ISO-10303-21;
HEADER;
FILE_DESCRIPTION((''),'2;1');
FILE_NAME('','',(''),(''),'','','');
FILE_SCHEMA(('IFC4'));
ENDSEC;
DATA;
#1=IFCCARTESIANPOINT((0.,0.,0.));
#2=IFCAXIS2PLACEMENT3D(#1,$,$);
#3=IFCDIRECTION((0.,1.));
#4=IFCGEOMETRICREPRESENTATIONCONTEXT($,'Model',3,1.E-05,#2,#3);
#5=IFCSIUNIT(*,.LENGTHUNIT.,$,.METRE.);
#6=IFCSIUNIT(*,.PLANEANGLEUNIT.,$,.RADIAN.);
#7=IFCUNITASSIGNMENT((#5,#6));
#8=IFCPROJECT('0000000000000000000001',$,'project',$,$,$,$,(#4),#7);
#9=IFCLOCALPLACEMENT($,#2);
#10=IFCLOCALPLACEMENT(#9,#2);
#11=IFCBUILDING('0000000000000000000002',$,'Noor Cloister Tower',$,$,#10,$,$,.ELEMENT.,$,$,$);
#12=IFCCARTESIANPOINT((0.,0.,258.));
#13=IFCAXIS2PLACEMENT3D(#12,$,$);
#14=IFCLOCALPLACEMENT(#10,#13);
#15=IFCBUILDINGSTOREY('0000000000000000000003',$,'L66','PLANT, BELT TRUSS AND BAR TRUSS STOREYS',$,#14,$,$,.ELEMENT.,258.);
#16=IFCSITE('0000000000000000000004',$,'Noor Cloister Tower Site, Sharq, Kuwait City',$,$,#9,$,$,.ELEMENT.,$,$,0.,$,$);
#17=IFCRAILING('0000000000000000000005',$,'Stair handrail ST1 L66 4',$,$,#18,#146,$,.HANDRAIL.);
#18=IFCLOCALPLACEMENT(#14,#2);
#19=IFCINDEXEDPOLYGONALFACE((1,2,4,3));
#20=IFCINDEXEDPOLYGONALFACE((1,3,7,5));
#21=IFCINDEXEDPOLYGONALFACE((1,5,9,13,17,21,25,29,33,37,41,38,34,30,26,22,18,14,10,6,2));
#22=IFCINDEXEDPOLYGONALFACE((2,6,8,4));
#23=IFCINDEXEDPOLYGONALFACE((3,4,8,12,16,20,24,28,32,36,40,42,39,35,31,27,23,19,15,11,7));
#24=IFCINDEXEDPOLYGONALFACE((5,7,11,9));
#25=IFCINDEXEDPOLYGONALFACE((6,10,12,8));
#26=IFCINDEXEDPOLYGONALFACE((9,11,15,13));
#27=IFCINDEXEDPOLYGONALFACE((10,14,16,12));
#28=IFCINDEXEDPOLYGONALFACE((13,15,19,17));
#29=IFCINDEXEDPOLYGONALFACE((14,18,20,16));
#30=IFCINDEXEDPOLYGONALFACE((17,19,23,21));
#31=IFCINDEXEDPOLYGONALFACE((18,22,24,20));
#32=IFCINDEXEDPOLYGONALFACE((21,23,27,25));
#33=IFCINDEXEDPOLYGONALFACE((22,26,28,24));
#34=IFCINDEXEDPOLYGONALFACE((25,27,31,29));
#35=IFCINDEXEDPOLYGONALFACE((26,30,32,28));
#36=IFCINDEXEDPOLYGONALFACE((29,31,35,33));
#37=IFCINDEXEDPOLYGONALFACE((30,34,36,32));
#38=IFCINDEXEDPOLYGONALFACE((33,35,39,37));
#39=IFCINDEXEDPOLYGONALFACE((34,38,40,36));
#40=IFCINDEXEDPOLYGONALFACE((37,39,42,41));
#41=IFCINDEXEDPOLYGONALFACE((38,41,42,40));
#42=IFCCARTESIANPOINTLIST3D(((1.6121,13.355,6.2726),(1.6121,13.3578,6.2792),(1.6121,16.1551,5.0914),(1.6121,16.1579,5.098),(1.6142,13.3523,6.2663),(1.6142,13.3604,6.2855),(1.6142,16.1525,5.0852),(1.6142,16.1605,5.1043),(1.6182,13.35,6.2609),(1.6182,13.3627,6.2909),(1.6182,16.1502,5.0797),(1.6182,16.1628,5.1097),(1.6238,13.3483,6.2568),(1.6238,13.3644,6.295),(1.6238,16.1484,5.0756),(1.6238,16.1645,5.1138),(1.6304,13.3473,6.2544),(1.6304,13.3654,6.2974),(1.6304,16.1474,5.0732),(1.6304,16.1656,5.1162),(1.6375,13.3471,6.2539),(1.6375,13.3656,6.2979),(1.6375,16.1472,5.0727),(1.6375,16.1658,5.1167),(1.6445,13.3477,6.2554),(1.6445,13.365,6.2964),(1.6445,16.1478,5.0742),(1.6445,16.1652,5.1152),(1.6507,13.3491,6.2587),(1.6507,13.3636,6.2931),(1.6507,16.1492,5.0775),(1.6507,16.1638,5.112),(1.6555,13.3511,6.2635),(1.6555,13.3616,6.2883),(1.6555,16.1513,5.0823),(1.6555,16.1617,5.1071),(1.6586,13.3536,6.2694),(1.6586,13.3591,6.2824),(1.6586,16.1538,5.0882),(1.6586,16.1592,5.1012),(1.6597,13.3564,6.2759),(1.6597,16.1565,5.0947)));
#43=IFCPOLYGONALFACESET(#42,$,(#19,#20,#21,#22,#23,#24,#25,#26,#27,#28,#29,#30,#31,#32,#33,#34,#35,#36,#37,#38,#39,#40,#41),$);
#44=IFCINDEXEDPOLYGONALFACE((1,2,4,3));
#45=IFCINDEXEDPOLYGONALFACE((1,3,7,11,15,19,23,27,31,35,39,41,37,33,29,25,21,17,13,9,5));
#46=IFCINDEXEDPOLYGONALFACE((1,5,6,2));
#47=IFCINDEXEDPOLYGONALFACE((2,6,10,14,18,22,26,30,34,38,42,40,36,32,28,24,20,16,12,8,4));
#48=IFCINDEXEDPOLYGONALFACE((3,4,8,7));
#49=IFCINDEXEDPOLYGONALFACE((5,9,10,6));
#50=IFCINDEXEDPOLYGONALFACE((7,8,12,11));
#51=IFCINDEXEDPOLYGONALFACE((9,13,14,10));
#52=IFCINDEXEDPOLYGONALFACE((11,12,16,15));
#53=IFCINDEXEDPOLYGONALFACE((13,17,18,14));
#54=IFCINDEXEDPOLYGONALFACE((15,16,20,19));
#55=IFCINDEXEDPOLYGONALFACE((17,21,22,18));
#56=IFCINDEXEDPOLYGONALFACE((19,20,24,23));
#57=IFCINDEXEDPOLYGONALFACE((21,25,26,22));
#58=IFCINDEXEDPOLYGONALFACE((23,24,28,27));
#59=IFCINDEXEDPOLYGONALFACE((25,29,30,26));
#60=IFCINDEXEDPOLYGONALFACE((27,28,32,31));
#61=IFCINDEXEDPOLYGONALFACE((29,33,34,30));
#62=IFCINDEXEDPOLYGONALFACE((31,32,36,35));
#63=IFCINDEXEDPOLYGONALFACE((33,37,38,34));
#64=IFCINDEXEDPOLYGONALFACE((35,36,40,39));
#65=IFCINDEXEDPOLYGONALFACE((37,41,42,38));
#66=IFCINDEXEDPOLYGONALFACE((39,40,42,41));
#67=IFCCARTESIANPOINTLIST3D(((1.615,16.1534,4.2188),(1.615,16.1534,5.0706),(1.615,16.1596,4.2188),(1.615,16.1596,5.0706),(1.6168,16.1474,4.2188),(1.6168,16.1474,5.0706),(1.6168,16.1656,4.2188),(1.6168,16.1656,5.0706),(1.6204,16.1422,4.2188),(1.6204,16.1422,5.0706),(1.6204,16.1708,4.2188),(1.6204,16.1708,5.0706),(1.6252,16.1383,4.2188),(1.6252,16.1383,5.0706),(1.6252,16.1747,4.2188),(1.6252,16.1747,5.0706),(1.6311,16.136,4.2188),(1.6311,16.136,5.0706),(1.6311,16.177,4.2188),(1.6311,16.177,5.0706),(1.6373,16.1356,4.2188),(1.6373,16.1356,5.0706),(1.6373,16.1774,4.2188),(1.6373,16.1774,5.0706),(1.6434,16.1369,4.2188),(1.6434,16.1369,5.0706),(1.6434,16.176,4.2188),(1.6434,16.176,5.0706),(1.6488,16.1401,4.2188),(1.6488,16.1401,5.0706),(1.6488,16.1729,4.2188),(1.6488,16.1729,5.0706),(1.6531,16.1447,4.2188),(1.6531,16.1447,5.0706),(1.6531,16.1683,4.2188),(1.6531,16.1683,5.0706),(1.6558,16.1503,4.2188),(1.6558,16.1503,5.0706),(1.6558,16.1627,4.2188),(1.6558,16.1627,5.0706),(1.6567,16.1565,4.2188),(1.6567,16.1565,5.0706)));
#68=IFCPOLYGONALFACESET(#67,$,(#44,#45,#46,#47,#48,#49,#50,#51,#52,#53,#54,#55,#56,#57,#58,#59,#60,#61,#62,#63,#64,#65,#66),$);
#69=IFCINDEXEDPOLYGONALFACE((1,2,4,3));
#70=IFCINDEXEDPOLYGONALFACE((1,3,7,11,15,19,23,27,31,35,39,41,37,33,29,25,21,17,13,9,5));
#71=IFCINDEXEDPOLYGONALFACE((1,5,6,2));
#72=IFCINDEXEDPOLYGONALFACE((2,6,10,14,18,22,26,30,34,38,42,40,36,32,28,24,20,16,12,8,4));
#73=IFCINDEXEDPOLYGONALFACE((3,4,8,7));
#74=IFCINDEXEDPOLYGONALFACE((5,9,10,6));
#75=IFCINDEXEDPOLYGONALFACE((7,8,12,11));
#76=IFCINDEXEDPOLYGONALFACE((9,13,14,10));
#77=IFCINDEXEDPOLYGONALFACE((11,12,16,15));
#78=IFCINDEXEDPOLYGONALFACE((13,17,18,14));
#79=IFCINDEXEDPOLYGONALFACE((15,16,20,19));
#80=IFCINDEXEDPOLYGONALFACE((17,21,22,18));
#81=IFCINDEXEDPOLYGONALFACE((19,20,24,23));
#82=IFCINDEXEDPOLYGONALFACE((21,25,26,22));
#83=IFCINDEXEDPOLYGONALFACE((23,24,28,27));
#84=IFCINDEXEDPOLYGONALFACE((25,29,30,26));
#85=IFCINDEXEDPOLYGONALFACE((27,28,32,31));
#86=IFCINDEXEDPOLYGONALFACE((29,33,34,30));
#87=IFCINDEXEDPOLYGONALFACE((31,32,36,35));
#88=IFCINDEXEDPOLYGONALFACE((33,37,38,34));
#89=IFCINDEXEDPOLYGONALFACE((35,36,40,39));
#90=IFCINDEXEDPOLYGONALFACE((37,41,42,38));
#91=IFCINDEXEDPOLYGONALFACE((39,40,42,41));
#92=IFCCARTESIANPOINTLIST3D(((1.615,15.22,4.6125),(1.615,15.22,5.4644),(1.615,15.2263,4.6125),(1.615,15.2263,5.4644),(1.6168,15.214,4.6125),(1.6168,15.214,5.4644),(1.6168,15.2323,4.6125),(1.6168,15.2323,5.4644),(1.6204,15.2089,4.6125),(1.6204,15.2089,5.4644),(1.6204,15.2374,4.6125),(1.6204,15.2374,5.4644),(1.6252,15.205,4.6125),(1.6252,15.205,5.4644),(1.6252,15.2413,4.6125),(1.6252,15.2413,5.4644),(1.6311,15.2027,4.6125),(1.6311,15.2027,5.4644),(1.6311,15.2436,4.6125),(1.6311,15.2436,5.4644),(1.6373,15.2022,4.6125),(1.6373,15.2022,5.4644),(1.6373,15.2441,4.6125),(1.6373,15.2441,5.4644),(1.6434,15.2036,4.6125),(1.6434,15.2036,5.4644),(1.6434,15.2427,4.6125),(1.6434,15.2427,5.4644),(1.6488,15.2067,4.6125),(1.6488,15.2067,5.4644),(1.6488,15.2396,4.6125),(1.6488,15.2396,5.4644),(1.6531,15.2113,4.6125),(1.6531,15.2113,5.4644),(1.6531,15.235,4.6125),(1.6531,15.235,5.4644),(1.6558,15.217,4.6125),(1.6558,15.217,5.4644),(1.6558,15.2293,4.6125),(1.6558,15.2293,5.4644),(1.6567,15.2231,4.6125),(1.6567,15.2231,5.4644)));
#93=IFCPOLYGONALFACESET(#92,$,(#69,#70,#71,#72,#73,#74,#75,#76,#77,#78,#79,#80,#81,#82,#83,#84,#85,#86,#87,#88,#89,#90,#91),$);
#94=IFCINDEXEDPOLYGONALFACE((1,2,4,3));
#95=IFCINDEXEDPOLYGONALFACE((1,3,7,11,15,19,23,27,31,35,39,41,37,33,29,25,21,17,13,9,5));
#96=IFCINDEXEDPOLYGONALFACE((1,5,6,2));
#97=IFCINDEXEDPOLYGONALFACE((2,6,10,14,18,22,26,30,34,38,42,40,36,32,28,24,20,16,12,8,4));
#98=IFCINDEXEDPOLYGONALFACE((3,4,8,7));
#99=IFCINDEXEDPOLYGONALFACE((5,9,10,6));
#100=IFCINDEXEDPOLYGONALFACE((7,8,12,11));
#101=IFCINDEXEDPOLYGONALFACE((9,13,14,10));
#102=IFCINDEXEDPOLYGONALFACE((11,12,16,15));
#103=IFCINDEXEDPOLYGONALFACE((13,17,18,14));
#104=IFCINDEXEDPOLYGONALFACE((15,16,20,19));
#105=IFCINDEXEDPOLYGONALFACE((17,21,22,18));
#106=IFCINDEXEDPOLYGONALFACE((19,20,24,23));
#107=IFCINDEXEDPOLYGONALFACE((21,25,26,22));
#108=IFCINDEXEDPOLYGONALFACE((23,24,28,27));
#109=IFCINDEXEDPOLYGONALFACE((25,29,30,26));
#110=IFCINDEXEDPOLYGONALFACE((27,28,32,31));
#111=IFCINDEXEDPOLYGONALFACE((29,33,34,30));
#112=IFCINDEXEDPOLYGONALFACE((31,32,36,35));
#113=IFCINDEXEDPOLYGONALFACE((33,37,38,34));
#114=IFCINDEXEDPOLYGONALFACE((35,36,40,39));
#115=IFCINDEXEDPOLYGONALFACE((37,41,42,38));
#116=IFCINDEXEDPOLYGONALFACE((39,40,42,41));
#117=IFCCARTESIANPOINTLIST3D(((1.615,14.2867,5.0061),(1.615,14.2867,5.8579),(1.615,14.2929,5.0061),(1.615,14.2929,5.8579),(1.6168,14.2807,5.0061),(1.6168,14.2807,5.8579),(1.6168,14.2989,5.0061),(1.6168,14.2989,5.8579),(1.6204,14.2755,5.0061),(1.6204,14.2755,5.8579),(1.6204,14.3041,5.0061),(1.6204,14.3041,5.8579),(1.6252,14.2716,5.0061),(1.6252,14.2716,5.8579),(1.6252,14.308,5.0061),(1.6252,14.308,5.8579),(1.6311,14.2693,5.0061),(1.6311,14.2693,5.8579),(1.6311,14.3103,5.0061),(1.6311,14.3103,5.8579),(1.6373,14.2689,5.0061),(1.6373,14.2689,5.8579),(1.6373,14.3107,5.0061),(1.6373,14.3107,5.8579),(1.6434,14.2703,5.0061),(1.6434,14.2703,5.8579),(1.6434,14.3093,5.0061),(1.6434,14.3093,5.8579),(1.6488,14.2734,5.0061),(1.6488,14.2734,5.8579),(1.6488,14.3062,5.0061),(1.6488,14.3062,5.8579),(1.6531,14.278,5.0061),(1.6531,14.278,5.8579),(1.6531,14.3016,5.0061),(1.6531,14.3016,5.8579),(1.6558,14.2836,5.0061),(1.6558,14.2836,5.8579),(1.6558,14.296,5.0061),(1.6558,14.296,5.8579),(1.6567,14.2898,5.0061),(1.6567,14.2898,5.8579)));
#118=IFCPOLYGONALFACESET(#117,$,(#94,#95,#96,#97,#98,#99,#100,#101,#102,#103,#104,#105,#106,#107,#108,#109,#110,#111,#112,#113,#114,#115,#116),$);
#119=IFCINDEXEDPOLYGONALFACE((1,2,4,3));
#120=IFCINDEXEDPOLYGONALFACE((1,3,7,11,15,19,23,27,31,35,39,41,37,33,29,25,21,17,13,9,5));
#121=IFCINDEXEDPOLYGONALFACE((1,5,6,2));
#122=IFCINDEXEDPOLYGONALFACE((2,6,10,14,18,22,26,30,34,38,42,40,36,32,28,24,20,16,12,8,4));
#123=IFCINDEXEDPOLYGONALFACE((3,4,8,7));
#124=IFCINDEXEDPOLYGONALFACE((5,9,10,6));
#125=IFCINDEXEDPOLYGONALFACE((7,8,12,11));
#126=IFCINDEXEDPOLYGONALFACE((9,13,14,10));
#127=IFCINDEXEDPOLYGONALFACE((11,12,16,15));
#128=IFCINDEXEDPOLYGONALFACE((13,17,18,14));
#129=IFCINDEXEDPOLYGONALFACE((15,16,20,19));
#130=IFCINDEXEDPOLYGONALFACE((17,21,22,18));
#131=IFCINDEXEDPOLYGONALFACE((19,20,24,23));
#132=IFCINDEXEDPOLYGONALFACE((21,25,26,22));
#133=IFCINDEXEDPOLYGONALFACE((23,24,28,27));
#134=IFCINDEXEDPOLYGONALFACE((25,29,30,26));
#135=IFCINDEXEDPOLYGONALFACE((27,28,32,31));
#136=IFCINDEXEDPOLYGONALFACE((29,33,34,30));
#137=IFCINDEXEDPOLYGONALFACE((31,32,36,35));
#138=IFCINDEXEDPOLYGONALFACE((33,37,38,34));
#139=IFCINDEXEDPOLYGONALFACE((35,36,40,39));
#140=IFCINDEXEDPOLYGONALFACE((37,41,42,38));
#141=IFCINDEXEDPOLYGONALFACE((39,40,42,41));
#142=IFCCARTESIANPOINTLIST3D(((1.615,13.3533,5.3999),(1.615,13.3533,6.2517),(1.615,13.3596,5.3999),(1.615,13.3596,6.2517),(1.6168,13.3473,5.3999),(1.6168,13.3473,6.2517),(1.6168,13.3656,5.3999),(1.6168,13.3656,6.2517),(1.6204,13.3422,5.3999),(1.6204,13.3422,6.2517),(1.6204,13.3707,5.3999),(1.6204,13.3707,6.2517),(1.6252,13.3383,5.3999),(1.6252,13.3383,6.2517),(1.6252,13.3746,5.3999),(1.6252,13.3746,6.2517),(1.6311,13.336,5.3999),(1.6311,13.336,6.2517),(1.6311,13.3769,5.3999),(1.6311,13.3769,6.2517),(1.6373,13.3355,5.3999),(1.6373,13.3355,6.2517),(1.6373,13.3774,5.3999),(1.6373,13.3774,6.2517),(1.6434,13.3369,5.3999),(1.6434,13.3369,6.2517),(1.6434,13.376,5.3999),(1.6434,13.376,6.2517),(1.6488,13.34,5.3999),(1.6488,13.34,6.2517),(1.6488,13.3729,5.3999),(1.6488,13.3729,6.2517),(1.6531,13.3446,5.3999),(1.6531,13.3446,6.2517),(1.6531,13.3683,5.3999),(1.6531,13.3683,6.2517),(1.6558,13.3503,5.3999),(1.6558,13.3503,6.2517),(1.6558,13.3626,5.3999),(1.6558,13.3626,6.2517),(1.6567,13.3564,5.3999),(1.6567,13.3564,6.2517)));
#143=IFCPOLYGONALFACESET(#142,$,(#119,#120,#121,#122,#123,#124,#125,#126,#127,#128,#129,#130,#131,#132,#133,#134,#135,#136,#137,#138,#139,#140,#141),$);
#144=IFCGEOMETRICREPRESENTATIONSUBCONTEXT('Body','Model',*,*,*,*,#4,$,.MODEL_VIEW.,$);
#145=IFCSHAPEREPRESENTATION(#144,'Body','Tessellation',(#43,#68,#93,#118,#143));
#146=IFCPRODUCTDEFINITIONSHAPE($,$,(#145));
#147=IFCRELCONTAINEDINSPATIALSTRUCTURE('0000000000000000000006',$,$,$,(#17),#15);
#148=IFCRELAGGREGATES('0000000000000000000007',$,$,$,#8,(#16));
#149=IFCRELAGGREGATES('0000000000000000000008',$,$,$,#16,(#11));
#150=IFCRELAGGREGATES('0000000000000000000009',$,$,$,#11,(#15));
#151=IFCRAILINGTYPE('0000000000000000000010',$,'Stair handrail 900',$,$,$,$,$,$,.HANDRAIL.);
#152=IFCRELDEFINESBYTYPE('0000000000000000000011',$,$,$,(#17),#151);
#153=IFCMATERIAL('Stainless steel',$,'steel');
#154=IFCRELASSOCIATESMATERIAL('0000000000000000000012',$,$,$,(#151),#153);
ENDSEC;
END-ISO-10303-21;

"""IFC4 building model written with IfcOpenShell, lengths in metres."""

from ifc_helpers import new_model, si_unit, direction, frame, origin, origin_2d, place, context, subcontext, project, spatial, circle, extrude, material, type_object, element, save


model = new_model("IFC4")

# Units and contexts
model_context = context("Model", 3, precision=1e-05, world=origin(), true_north=direction((0.0, 1.0)))
body_context = subcontext(model_context, "Body", "Model", "MODEL_VIEW")
ifc_project = project(units=[si_unit("LENGTHUNIT", "METRE"), si_unit("PLANEANGLEUNIT", "RADIAN")], contexts=[model_context])

# Site, building, storey
site_placement = place(None, origin())
site = spatial("IfcSite", under=ifc_project, at=site_placement, Name="Noor Cloister Tower Site, Sharq, Kuwait City", CompositionType="ELEMENT", RefElevation=0.0)
building_placement = place(site_placement, origin())
building = spatial("IfcBuilding", under=site, at=building_placement, Name="Noor Cloister Tower", CompositionType="ELEMENT")
storey_placement = place(building_placement, frame((0.0, 0.0, 258.0)))
storey = spatial("IfcBuildingStorey", under=building, at=storey_placement, Name="L66", Description="PLANT, BELT TRUSS AND BAR TRUSS STOREYS", CompositionType="ELEMENT", Elevation=258.0)

# Railing
ifc_material_1 = material(Name="Stainless steel", Category="steel")
railing_type_1 = type_object("IfcRailingType", Name="Stair handrail 900", PredefinedType="HANDRAIL", material=ifc_material_1)
railing_1_placement = place(storey_placement, frame((1.6357, 16.1565, 4.2188)))
element("IfcRailing", 1, at=railing_1_placement, inside=storey, type_object=railing_type_1, Name="Stair handrail ST1 L66 4", PredefinedType="HANDRAIL", context=body_context, shape_type="SweptSolid", body=[
    extrude(circle(Radius=0.0239, at=origin_2d()), frame((0.0, 0.0, 0.876), z_axis=(0.0, -0.921378, 0.388667), x_axis=(1.0, 0.0, 0.0)), (0.0, 0.0, 1.0), 3.0391),
    extrude(circle(Radius=0.021, at=origin_2d()), origin(), (0.0, 0.0, 1.0), 0.8518),
    extrude(circle(Radius=0.021, at=origin_2d()), frame((0.0, -0.9333, 0.3938)), (0.0, 0.0, 1.0), 0.8518),
    extrude(circle(Radius=0.021, at=origin_2d()), frame((0.0, -1.8667, 0.7874)), (0.0, 0.0, 1.0), 0.8518),
    extrude(circle(Radius=0.021, at=origin_2d()), frame((0.0, -2.8, 1.1812)), (0.0, 0.0, 1.0), 0.8518),
])

save(model, "model.ifc")
